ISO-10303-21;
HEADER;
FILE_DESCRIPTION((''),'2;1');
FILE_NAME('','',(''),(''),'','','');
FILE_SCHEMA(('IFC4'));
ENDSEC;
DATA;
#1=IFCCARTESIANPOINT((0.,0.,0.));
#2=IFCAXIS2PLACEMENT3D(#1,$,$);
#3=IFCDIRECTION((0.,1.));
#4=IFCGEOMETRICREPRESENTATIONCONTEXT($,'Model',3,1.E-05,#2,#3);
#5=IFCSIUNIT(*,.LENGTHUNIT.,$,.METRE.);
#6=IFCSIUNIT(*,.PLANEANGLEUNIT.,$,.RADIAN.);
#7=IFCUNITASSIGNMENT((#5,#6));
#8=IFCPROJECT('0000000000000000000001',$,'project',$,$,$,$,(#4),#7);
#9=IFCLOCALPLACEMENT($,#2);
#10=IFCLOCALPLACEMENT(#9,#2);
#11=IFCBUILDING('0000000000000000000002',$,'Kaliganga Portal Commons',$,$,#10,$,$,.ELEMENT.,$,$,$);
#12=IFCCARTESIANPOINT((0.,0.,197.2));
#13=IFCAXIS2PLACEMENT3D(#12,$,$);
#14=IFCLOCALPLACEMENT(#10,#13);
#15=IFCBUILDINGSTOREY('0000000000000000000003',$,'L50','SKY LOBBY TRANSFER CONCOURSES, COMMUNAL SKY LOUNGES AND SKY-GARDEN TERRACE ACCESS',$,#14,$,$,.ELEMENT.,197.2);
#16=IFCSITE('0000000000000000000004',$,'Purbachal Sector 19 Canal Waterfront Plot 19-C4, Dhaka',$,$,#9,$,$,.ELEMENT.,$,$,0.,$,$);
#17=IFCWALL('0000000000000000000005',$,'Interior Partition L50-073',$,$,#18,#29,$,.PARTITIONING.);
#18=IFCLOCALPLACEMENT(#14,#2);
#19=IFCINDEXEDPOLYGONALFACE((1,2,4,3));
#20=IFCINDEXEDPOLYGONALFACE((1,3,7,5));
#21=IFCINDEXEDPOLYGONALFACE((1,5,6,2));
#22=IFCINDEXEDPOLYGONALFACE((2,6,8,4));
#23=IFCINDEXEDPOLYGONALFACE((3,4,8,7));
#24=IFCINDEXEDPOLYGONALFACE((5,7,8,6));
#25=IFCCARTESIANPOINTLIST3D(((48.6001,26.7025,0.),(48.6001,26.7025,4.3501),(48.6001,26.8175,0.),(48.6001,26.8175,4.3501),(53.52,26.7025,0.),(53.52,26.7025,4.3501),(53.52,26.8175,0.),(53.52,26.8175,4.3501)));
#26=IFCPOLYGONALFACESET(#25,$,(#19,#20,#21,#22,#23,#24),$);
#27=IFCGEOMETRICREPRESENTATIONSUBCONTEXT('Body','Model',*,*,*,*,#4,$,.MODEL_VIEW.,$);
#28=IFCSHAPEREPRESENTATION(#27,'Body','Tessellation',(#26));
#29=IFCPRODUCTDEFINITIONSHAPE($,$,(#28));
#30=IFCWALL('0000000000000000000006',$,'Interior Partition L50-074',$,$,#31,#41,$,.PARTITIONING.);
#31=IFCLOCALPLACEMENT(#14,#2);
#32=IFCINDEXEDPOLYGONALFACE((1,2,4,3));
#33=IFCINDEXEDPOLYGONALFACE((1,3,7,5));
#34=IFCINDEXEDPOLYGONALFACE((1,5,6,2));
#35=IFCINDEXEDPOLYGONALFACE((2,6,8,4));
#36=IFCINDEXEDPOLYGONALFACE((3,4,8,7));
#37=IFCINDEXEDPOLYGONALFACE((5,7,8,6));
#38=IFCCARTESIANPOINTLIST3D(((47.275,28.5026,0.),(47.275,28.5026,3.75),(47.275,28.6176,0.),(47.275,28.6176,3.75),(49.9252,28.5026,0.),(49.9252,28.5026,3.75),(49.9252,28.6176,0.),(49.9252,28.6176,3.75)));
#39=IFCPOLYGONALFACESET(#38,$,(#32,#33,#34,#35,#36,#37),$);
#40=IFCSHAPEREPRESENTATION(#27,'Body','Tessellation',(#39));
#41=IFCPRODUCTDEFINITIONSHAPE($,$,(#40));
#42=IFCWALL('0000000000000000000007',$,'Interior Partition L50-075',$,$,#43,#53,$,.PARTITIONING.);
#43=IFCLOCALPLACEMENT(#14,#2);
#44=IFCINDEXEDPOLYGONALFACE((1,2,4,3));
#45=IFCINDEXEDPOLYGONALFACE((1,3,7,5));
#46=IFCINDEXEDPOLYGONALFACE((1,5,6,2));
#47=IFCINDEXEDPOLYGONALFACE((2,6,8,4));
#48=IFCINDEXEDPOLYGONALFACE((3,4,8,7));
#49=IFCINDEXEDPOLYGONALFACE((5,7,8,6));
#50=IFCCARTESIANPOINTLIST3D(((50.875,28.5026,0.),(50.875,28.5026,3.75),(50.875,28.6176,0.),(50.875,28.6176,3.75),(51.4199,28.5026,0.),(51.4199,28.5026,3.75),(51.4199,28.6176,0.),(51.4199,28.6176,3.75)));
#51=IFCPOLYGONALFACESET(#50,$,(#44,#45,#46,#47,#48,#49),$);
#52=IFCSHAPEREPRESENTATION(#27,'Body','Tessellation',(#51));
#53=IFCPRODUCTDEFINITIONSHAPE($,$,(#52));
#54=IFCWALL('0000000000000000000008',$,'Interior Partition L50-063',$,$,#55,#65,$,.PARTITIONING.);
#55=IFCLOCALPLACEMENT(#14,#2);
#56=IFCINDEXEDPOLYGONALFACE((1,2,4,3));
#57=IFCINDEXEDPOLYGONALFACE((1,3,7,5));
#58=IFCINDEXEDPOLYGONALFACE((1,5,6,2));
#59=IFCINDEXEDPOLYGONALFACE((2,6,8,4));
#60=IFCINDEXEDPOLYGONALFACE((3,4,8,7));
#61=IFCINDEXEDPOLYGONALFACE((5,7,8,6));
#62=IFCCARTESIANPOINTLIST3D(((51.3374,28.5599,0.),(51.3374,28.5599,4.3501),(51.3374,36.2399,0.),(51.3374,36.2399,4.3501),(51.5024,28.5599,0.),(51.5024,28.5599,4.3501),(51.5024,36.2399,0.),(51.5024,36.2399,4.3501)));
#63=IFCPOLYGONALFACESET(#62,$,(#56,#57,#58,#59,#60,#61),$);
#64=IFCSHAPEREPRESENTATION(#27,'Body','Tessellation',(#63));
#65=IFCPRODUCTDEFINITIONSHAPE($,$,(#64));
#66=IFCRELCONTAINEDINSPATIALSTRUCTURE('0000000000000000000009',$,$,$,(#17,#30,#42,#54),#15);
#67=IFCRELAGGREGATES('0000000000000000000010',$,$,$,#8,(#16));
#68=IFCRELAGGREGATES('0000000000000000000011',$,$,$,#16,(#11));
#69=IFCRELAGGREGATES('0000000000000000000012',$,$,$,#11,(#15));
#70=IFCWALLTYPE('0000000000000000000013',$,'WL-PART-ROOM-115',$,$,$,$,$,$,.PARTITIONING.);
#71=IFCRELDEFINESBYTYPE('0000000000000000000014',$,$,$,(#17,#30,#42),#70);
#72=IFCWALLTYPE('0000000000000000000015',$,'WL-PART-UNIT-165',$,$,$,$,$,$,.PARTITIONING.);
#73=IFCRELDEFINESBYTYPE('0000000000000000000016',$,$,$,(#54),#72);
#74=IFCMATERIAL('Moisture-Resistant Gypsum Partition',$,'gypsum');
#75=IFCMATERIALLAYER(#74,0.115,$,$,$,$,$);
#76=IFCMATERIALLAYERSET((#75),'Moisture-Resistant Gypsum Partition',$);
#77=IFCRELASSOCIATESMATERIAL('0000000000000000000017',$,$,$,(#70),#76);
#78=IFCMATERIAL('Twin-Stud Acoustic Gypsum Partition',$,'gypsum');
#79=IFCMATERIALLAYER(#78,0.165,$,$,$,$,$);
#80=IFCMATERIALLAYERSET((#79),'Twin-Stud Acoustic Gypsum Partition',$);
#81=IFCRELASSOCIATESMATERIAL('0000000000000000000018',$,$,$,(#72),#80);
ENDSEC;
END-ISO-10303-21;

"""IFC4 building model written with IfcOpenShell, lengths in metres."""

from ifc_helpers import new_model, si_unit, direction, frame, frame_2d, origin, place, context, subcontext, project, spatial, rectangle, extrude, material, layer, layer_set, type_object, element, save


model = new_model("IFC4")

# Units and contexts
model_context = context("Model", 3, precision=1e-05, world=origin(), true_north=direction((0.0, 1.0)))
body_context = subcontext(model_context, "Body", "Model", "MODEL_VIEW")
ifc_project = project(units=[si_unit("LENGTHUNIT", "METRE"), si_unit("PLANEANGLEUNIT", "RADIAN")], contexts=[model_context])

# Site, building, storey
site_placement = place(None, origin())
site = spatial("IfcSite", under=ifc_project, at=site_placement, Name="Purbachal Sector 19 Canal Waterfront Plot 19-C4, Dhaka", CompositionType="ELEMENT", RefElevation=0.0)
building_placement = place(site_placement, origin())
building = spatial("IfcBuilding", under=site, at=building_placement, Name="Kaliganga Portal Commons", CompositionType="ELEMENT")
storey_placement = place(building_placement, frame((0.0, 0.0, 197.2)))
storey = spatial("IfcBuildingStorey", under=building, at=storey_placement, Name="L50", Description="SKY LOBBY TRANSFER CONCOURSES, COMMUNAL SKY LOUNGES AND SKY-GARDEN TERRACE ACCESS", CompositionType="ELEMENT", Elevation=197.2)

# Walls
ifc_material_1 = material(Name="Moisture-Resistant Gypsum Partition", Category="gypsum")
ifc_layer_1 = layer(ifc_material_1, 0.115)
ifc_layer_set_1 = layer_set([ifc_layer_1], Name="Moisture-Resistant Gypsum Partition")
wall_type_1 = type_object("IfcWallType", Name="WL-PART-ROOM-115", PredefinedType="PARTITIONING", material=ifc_layer_set_1)
wall_1_placement = place(storey_placement, frame((48.6001, 26.76, 0.0), z_axis=(0.0, 0.0, 1.0), x_axis=(1.0, 0.0, 0.0)))
element("IfcWall", 1, at=wall_1_placement, inside=storey, type_object=wall_type_1, Name="Interior Partition L50-073", PredefinedType="PARTITIONING", context=body_context, shape_type="SweptSolid", body=[
    extrude(rectangle(XDim=4.9199, YDim=0.115, at=frame_2d((2.46, 0.0))), origin(), (0.0, 0.0, 1.0), 4.3501),
])
wall_2_placement = place(storey_placement, frame((47.2749, 28.5601, 0.0), z_axis=(0.0, 0.0, 1.0), x_axis=(1.0, 0.0, 0.0)))
element("IfcWall", 2, at=wall_2_placement, inside=storey, type_object=wall_type_1, Name="Interior Partition L50-074", PredefinedType="PARTITIONING", context=body_context, shape_type="SweptSolid", body=[
    extrude(rectangle(XDim=2.6501, YDim=0.115, at=frame_2d((1.3252, 0.0))), origin(), (0.0, 0.0, 1.0), 3.75),
])
wall_3_placement = place(storey_placement, frame((50.875, 28.5601, 0.0), z_axis=(0.0, 0.0, 1.0), x_axis=(1.0, 0.0, 0.0)))
element("IfcWall", 3, at=wall_3_placement, inside=storey, type_object=wall_type_1, Name="Interior Partition L50-075", PredefinedType="PARTITIONING", context=body_context, shape_type="SweptSolid", body=[
    extrude(rectangle(XDim=0.5449, YDim=0.115, at=frame_2d((0.2725, 0.0))), origin(), (0.0, 0.0, 1.0), 3.75),
])
ifc_material_2 = material(Name="Twin-Stud Acoustic Gypsum Partition", Category="gypsum")
ifc_layer_2 = layer(ifc_material_2, 0.165)
ifc_layer_set_2 = layer_set([ifc_layer_2], Name="Twin-Stud Acoustic Gypsum Partition")
wall_type_2 = type_object("IfcWallType", Name="WL-PART-UNIT-165", PredefinedType="PARTITIONING", material=ifc_layer_set_2)
wall_4_placement = place(storey_placement, frame((51.4199, 28.5601, 0.0), z_axis=(0.0, 0.0, 1.0), x_axis=(0.0, 1.0, 0.0)))
element("IfcWall", 4, at=wall_4_placement, inside=storey, type_object=wall_type_2, Name="Interior Partition L50-063", PredefinedType="PARTITIONING", context=body_context, shape_type="SweptSolid", body=[
    extrude(rectangle(XDim=7.6799, YDim=0.165, at=frame_2d((3.8398, 0.0))), origin(), (0.0, 0.0, 1.0), 4.3501),
])

save(model, "model.ifc")
